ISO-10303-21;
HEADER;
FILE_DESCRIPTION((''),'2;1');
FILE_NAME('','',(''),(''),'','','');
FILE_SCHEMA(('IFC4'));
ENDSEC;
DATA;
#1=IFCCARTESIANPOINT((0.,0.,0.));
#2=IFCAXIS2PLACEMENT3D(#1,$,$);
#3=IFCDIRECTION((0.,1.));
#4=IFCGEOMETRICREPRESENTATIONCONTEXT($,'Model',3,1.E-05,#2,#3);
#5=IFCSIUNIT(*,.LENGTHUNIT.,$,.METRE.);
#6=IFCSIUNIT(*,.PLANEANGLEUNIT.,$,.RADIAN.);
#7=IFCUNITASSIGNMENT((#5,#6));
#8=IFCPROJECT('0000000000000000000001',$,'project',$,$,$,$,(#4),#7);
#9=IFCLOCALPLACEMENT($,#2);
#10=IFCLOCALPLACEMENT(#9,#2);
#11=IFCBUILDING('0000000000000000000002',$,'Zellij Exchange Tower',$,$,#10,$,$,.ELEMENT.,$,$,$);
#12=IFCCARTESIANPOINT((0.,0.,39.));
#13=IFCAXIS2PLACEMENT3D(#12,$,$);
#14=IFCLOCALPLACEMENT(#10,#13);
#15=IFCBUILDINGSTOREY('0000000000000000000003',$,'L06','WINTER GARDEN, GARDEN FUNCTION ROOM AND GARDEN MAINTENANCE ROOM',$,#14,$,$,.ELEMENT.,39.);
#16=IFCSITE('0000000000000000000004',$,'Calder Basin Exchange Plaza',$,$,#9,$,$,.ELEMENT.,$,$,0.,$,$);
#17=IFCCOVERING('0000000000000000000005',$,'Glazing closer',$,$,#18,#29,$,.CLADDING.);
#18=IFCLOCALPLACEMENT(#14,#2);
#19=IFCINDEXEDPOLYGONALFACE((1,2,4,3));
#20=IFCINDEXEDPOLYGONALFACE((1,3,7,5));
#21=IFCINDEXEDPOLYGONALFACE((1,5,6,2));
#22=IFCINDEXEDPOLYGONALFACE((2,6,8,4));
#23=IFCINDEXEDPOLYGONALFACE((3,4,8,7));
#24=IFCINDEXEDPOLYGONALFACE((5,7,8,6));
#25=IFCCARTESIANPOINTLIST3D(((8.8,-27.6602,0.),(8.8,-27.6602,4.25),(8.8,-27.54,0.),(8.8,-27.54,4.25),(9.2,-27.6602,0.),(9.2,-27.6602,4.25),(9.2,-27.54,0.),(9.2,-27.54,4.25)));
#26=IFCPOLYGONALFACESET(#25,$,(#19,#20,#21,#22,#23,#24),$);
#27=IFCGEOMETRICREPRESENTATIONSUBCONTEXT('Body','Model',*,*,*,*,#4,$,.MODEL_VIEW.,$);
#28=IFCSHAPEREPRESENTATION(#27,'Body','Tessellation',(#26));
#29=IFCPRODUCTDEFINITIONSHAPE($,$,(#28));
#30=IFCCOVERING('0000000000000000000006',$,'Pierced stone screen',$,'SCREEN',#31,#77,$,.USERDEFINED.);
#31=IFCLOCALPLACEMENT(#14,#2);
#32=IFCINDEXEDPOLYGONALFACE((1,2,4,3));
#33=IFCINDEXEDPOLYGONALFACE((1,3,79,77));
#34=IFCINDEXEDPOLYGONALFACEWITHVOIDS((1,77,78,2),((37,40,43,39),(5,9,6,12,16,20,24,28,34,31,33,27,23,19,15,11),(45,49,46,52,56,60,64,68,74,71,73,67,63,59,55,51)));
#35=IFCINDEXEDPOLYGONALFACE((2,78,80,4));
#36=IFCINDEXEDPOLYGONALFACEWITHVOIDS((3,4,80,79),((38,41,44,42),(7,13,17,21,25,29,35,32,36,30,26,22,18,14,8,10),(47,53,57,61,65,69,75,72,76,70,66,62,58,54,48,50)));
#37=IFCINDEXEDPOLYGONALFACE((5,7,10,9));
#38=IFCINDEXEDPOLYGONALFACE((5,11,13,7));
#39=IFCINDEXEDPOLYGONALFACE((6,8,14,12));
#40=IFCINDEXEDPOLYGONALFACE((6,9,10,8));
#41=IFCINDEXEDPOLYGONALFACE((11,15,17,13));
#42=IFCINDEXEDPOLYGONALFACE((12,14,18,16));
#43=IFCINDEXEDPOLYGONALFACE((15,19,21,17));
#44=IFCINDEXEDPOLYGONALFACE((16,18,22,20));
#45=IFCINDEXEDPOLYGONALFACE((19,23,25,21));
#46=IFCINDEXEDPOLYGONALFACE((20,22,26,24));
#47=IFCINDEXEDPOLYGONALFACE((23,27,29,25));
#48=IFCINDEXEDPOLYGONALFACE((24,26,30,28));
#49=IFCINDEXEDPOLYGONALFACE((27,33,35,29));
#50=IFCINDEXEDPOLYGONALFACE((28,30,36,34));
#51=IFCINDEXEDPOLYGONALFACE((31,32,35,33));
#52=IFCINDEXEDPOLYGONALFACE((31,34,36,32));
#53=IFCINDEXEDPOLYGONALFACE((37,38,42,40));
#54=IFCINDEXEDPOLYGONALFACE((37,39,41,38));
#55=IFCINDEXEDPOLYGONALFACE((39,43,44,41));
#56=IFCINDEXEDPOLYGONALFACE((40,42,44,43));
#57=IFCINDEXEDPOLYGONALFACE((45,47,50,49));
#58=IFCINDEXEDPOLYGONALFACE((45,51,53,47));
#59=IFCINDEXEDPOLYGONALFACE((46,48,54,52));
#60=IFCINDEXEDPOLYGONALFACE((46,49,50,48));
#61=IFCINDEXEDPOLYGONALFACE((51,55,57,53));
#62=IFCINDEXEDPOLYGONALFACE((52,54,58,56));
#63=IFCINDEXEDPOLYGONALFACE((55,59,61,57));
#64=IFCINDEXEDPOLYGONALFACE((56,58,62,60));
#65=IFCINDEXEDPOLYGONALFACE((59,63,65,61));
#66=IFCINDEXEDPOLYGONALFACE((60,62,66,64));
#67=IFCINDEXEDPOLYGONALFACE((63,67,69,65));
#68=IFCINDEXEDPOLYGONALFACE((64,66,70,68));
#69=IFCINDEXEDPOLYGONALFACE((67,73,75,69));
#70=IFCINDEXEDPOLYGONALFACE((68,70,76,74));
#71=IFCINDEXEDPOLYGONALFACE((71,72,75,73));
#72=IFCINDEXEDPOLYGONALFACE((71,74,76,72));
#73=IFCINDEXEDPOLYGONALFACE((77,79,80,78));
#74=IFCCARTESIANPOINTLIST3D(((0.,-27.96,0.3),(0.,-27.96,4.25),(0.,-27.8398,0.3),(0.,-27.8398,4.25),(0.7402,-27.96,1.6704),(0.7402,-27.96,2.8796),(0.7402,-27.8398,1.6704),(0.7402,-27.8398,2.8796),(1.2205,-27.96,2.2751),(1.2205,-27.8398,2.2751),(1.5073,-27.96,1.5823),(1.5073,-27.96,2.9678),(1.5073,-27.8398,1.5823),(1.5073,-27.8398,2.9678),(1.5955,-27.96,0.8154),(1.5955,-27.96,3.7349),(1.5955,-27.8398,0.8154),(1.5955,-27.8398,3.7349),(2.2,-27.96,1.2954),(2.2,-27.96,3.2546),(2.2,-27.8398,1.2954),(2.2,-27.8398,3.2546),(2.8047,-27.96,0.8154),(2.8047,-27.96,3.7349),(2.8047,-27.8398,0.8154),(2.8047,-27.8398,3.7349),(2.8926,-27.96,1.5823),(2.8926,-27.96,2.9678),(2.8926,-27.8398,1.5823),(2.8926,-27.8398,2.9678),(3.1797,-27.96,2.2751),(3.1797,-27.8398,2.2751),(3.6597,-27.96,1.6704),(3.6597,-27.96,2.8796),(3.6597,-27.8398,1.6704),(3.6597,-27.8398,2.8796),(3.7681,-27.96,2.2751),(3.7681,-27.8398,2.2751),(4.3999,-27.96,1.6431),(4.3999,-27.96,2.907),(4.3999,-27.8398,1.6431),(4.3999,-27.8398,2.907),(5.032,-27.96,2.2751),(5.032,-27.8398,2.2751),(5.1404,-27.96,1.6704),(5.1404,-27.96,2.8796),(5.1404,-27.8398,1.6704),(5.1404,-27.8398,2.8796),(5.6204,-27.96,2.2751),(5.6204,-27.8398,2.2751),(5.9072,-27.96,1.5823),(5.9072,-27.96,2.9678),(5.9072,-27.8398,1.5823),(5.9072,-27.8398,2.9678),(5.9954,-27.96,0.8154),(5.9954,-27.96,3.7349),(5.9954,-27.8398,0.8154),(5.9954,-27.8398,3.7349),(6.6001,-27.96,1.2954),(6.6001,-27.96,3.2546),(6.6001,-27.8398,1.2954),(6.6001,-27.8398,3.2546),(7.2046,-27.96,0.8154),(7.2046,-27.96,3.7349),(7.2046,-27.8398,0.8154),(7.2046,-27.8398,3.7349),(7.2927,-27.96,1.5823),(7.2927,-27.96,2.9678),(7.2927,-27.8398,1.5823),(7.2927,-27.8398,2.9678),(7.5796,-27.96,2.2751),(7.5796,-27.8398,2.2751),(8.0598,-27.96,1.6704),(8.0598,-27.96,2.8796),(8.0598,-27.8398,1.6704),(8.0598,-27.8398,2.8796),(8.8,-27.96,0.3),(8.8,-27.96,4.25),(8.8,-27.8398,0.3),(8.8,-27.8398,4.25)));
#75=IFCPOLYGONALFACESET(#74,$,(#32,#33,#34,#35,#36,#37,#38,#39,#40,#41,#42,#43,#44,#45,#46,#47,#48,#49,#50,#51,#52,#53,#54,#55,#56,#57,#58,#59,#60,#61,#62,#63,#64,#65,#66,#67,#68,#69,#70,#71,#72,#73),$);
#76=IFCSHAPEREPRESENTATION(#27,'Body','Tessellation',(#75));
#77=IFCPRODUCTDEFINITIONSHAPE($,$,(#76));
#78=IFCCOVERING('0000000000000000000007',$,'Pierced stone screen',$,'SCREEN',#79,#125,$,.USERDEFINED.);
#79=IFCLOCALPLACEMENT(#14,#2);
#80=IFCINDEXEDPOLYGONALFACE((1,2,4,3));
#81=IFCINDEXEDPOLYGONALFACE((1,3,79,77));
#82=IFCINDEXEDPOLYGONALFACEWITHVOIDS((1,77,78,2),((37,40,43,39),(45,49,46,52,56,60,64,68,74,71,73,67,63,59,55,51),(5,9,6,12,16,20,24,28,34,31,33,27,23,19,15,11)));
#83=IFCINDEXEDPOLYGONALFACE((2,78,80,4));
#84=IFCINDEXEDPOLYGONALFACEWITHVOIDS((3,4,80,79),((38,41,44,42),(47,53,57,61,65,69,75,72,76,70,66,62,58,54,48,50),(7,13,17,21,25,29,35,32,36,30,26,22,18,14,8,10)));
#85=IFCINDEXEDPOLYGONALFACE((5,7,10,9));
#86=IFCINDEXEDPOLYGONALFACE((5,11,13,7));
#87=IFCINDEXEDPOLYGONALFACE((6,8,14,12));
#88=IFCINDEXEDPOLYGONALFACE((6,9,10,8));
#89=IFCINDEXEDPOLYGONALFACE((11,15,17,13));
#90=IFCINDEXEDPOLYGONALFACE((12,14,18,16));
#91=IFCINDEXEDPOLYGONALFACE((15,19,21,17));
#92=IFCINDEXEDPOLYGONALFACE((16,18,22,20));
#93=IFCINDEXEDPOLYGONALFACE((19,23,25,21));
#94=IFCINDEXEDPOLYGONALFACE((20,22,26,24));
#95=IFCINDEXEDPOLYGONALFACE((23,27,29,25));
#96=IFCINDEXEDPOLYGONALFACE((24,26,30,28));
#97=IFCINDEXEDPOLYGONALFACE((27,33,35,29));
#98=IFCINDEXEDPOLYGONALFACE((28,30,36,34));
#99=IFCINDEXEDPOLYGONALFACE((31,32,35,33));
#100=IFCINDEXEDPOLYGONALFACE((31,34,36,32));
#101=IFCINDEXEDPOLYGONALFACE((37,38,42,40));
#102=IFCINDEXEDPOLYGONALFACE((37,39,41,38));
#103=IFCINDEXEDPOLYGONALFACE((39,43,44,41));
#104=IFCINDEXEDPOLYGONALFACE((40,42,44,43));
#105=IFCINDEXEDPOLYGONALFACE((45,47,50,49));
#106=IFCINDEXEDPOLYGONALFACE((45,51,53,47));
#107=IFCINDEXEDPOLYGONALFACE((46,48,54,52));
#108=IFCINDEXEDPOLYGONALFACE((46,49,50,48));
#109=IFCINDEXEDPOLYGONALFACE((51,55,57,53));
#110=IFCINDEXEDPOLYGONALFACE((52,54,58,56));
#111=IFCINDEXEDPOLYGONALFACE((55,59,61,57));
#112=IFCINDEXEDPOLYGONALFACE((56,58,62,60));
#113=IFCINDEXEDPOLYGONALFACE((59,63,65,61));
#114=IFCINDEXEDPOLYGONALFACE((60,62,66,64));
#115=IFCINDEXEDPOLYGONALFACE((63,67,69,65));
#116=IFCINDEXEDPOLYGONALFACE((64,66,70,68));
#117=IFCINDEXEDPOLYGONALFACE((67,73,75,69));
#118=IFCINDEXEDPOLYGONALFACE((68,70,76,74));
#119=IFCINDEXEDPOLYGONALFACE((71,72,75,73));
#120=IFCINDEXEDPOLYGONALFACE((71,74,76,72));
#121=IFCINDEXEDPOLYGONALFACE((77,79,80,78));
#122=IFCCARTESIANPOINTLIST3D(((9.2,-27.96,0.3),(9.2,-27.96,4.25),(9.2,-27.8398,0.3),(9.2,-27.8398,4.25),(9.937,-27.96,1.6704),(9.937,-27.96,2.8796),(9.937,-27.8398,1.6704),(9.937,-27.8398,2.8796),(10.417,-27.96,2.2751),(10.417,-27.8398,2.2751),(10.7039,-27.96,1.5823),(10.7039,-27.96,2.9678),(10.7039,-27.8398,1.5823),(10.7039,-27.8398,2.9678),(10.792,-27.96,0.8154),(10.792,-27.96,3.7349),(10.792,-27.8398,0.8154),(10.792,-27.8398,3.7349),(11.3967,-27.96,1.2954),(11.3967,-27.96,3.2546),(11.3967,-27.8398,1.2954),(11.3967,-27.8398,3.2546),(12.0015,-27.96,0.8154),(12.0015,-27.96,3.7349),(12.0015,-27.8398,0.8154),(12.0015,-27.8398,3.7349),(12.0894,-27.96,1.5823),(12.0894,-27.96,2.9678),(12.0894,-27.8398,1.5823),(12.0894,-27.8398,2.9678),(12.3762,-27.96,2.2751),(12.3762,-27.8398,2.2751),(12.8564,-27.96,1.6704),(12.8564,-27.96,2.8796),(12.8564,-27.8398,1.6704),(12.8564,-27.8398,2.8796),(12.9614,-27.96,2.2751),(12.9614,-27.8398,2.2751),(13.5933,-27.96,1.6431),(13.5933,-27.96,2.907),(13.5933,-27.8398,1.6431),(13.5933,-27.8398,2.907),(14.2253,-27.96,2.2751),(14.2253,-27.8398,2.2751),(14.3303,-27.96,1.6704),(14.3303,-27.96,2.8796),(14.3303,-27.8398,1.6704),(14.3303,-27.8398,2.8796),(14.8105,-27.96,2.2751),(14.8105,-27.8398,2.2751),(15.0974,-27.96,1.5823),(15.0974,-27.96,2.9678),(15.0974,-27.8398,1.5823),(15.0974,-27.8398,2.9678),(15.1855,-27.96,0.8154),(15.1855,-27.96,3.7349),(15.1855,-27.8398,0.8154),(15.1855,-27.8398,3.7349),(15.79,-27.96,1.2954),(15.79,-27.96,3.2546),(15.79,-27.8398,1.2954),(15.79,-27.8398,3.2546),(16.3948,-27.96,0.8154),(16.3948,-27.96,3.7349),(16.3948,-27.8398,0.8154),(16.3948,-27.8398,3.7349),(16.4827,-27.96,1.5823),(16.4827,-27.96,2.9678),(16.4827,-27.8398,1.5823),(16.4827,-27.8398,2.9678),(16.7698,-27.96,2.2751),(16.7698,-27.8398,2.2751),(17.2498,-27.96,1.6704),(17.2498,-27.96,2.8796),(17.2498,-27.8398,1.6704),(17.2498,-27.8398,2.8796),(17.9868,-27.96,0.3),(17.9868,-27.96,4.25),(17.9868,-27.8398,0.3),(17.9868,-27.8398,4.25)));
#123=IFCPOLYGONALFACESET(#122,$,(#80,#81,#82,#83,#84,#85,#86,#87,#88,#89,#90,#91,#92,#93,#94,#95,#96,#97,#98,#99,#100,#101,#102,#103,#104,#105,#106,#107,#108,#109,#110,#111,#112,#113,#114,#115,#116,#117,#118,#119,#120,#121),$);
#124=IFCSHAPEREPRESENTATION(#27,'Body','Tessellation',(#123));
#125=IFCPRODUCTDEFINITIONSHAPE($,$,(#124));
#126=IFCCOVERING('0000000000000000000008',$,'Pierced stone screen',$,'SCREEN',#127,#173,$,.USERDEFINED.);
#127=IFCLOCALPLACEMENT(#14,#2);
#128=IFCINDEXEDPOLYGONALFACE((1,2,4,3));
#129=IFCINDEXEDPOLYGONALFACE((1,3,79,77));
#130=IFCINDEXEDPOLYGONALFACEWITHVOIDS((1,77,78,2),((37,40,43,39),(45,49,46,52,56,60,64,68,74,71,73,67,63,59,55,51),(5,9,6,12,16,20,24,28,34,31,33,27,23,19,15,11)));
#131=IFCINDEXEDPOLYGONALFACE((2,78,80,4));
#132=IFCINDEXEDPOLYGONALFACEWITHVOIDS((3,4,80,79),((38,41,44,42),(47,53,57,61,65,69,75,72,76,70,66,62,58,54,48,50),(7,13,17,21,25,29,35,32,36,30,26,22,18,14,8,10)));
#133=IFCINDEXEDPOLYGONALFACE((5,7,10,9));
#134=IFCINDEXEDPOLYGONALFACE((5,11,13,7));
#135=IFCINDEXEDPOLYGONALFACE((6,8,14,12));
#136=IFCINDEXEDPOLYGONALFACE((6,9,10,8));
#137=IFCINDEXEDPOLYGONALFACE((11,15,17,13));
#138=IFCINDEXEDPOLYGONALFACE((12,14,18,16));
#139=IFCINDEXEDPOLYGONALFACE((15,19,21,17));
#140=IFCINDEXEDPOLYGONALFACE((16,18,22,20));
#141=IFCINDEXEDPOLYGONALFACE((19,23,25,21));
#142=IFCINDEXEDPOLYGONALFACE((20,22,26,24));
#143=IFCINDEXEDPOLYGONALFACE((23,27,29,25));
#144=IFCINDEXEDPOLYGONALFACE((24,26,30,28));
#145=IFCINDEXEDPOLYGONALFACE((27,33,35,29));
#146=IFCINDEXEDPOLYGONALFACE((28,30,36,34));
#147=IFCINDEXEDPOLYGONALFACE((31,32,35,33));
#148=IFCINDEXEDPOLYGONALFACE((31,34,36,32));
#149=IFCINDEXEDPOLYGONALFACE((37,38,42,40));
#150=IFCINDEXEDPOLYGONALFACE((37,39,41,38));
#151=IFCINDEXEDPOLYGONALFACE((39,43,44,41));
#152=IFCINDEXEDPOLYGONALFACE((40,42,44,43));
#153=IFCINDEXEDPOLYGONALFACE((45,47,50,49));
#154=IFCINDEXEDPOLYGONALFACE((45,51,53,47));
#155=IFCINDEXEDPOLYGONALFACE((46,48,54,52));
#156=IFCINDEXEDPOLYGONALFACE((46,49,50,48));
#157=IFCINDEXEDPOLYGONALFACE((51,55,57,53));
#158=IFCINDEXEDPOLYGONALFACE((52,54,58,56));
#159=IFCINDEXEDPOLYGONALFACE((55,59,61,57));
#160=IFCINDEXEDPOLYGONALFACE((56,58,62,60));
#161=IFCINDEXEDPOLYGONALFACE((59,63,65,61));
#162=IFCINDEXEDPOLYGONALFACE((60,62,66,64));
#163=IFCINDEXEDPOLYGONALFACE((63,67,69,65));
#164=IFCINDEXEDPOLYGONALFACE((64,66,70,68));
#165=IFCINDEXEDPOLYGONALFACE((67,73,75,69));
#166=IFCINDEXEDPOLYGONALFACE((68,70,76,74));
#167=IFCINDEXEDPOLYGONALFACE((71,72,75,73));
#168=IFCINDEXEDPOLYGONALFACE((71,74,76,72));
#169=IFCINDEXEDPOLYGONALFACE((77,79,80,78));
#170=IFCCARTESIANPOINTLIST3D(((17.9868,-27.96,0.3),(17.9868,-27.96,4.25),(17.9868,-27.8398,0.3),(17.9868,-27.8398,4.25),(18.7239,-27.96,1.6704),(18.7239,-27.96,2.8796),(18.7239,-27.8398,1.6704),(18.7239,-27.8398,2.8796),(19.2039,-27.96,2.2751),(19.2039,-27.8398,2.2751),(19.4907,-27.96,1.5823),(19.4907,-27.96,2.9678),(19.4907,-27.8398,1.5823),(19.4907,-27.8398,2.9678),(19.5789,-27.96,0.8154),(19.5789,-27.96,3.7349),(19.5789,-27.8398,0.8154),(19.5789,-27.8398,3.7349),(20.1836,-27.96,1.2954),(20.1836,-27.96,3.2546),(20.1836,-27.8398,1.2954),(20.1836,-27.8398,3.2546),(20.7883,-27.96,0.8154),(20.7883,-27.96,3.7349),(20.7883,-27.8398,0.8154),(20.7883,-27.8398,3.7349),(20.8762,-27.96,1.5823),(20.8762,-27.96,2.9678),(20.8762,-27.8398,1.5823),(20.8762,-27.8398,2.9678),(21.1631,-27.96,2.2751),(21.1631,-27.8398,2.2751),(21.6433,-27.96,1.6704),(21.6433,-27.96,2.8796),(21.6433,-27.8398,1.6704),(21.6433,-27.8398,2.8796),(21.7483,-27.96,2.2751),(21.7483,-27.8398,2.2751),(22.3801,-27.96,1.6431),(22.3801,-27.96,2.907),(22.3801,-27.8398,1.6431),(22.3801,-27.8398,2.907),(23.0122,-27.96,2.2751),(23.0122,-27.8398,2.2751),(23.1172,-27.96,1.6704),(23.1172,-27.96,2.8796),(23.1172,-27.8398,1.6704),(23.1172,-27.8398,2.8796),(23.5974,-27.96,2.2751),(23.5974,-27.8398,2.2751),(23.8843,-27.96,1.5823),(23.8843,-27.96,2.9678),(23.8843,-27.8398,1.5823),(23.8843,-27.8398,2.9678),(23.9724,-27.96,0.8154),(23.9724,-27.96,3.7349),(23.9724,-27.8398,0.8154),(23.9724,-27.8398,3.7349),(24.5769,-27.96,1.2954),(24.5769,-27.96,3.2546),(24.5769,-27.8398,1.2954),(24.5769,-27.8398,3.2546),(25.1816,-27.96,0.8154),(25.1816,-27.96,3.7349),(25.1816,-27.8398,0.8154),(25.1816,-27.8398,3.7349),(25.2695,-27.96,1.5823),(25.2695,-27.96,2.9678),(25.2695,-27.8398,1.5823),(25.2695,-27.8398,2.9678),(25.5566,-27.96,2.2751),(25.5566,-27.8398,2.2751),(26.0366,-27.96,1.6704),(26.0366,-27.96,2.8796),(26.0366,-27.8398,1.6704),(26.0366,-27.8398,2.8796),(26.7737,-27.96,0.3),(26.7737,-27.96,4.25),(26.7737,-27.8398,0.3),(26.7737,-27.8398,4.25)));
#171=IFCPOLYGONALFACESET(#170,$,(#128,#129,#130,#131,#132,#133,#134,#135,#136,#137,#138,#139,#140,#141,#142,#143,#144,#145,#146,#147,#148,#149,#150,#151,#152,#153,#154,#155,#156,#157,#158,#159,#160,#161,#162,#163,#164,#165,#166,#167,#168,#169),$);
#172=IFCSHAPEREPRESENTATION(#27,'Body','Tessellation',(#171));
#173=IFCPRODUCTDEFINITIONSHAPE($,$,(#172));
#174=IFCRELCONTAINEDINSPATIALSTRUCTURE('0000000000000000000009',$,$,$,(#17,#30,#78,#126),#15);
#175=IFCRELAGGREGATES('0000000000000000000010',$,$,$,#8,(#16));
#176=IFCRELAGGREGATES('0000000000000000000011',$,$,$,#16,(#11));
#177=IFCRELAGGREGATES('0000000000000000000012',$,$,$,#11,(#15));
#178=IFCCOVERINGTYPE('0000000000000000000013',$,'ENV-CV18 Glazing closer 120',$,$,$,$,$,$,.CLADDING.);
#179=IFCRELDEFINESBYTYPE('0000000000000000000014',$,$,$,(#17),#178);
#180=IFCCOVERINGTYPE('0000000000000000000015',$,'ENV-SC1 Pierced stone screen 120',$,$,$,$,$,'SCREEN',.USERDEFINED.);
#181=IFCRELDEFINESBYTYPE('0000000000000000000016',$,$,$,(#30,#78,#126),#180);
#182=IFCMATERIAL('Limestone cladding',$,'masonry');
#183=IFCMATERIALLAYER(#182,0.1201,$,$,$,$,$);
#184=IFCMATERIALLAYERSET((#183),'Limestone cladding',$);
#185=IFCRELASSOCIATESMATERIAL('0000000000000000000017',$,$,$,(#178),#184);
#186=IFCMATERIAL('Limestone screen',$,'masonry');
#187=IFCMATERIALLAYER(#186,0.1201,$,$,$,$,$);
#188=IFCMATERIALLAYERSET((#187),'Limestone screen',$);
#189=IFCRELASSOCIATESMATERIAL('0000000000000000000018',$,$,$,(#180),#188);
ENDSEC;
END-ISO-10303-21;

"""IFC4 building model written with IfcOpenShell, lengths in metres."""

from ifc_helpers import new_model, si_unit, direction, frame, origin, origin_2d, place, context, subcontext, project, spatial, polyline, rectangle, outline, extrude, material, layer, layer_set, type_object, element, save


model = new_model("IFC4")

# Units and contexts
model_context = context("Model", 3, precision=1e-05, world=origin(), true_north=direction((0.0, 1.0)))
body_context = subcontext(model_context, "Body", "Model", "MODEL_VIEW")
ifc_project = project(units=[si_unit("LENGTHUNIT", "METRE"), si_unit("PLANEANGLEUNIT", "RADIAN")], contexts=[model_context])

# Site, building, storey
site_placement = place(None, origin())
site = spatial("IfcSite", under=ifc_project, at=site_placement, Name="Calder Basin Exchange Plaza", CompositionType="ELEMENT", RefElevation=0.0)
building_placement = place(site_placement, origin())
building = spatial("IfcBuilding", under=site, at=building_placement, Name="Zellij Exchange Tower", CompositionType="ELEMENT")
storey_placement = place(building_placement, frame((0.0, 0.0, 39.0)))
storey = spatial("IfcBuildingStorey", under=building, at=storey_placement, Name="L06", Description="WINTER GARDEN, GARDEN FUNCTION ROOM AND GARDEN MAINTENANCE ROOM", CompositionType="ELEMENT", Elevation=39.0)

# Coverings
ifc_material_1 = material(Name="Limestone cladding", Category="masonry")
ifc_layer_1 = layer(ifc_material_1, 0.1201)
ifc_layer_set_1 = layer_set([ifc_layer_1], Name="Limestone cladding")
covering_type_1 = type_object("IfcCoveringType", Name="ENV-CV18 Glazing closer 120", PredefinedType="CLADDING", material=ifc_layer_set_1)
covering_1_placement = place(storey_placement, frame((9.0, -27.6001, 0.0), z_axis=(0.0, 0.0, 1.0), x_axis=(1.0, 0.0, 0.0)))
element("IfcCovering", 1, at=covering_1_placement, inside=storey, type_object=covering_type_1, Name="Glazing closer", PredefinedType="CLADDING", context=body_context, shape_type="SweptSolid", body=[
    extrude(rectangle(XDim=0.3999, YDim=0.1201, at=origin_2d()), origin(), (0.0, 0.0, 1.0), 4.25),
])
ifc_material_2 = material(Name="Limestone screen", Category="masonry")
ifc_layer_2 = layer(ifc_material_2, 0.1201)
ifc_layer_set_2 = layer_set([ifc_layer_2], Name="Limestone screen")
covering_type_2 = type_object("IfcCoveringType", Name="ENV-SC1 Pierced stone screen 120", ElementType="SCREEN", PredefinedType="USERDEFINED", material=ifc_layer_set_2)
covering_2_placement = place(storey_placement, frame((0.0, -27.8999, 0.3), z_axis=(0.0, 0.0, 1.0), x_axis=(1.0, 0.0, 0.0)))
element("IfcCovering", 2, at=covering_2_placement, inside=storey, type_object=covering_type_2, Name="Pierced stone screen", ObjectType="SCREEN", PredefinedType="USERDEFINED", context=body_context, shape_type="SweptSolid", body=[
    extrude(outline(polyline([(0.0, 0.0), (8.8, 0.0), (8.8, 3.95), (0.0, 3.95), (0.0, 0.0)]), holes=[polyline([(3.6597, 2.5796), (2.8926, 2.6677), (2.8047, 3.4348), (2.2, 2.9546), (1.5955, 3.4348), (1.5073, 2.6677), (0.7402, 2.5796), (1.2205, 1.9751), (0.7402, 1.3704), (1.5073, 1.2822), (1.5955, 0.5154), (2.2, 0.9954), (2.8047, 0.5154), (2.8926, 1.2822), (3.6597, 1.3704), (3.1797, 1.9751), (3.6597, 2.5796)]), polyline([(8.0598, 2.5796), (7.2927, 2.6677), (7.2046, 3.4348), (6.6001, 2.9546), (5.9954, 3.4348), (5.9072, 2.6677), (5.1404, 2.5796), (5.6204, 1.9751), (5.1404, 1.3704), (5.9072, 1.2822), (5.9954, 0.5154), (6.6001, 0.9954), (7.2046, 0.5154), (7.2927, 1.2822), (8.0598, 1.3704), (7.5796, 1.9751), (8.0598, 2.5796)]), polyline([(5.032, 1.9751), (4.3999, 2.6069), (3.7681, 1.9751), (4.3999, 1.343), (5.032, 1.9751)])]), frame((0.0, 0.0601, 0.0), z_axis=(0.0, -1.0, 0.0), x_axis=(1.0, 0.0, 0.0)), (0.0, 0.0, 1.0), 0.1201),
])
for number, where, z_axis, x_axis, name in (
    (3, (9.2, -27.8999, 0.3), (0.0, 0.0, 1.0), (1.0, 0.0, 0.0), "Pierced stone screen"),
    (4, (17.9868, -27.8999, 0.3), (0.0, 0.0, 1.0), (1.0, 0.0, 0.0), "Pierced stone screen"),
):
    element("IfcCovering", number, at=place(storey_placement, frame(where, z_axis=z_axis, x_axis=x_axis)), inside=storey, type_object=covering_type_2, Name=name, ObjectType="SCREEN", PredefinedType="USERDEFINED", context=body_context, shape_type="SweptSolid", body=[
        extrude(outline(polyline([(0.0, 0.0), (8.7869, 0.0), (8.7869, 3.95), (0.0, 3.95), (0.0, 0.0)]), holes=[polyline([(3.6565, 2.5796), (2.8894, 2.6677), (2.8015, 3.4348), (2.1968, 2.9546), (1.592, 3.4348), (1.5039, 2.6677), (0.7371, 2.5796), (1.217, 1.9751), (0.7371, 1.3704), (1.5039, 1.2822), (1.592, 0.5154), (2.1968, 0.9954), (2.8015, 0.5154), (2.8894, 1.2822), (3.6565, 1.3704), (3.1763, 1.9751), (3.6565, 2.5796)]), polyline([(8.0498, 2.5796), (7.2827, 2.6677), (7.1948, 3.4348), (6.5901, 2.9546), (5.9856, 3.4348), (5.8975, 2.6677), (5.1304, 2.5796), (5.6106, 1.9751), (5.1304, 1.3704), (5.8975, 1.2822), (5.9856, 0.5154), (6.5901, 0.9954), (7.1948, 0.5154), (7.2827, 1.2822), (8.0498, 1.3704), (7.5698, 1.9751), (8.0498, 2.5796)]), polyline([(5.0254, 1.9751), (4.3933, 2.6069), (3.7615, 1.9751), (4.3933, 1.343), (5.0254, 1.9751)])]), frame((0.0, 0.0601, 0.0), z_axis=(0.0, -1.0, 0.0), x_axis=(1.0, 0.0, 0.0)), (0.0, 0.0, 1.0), 0.1201),
    ])

save(model, "model.ifc")
